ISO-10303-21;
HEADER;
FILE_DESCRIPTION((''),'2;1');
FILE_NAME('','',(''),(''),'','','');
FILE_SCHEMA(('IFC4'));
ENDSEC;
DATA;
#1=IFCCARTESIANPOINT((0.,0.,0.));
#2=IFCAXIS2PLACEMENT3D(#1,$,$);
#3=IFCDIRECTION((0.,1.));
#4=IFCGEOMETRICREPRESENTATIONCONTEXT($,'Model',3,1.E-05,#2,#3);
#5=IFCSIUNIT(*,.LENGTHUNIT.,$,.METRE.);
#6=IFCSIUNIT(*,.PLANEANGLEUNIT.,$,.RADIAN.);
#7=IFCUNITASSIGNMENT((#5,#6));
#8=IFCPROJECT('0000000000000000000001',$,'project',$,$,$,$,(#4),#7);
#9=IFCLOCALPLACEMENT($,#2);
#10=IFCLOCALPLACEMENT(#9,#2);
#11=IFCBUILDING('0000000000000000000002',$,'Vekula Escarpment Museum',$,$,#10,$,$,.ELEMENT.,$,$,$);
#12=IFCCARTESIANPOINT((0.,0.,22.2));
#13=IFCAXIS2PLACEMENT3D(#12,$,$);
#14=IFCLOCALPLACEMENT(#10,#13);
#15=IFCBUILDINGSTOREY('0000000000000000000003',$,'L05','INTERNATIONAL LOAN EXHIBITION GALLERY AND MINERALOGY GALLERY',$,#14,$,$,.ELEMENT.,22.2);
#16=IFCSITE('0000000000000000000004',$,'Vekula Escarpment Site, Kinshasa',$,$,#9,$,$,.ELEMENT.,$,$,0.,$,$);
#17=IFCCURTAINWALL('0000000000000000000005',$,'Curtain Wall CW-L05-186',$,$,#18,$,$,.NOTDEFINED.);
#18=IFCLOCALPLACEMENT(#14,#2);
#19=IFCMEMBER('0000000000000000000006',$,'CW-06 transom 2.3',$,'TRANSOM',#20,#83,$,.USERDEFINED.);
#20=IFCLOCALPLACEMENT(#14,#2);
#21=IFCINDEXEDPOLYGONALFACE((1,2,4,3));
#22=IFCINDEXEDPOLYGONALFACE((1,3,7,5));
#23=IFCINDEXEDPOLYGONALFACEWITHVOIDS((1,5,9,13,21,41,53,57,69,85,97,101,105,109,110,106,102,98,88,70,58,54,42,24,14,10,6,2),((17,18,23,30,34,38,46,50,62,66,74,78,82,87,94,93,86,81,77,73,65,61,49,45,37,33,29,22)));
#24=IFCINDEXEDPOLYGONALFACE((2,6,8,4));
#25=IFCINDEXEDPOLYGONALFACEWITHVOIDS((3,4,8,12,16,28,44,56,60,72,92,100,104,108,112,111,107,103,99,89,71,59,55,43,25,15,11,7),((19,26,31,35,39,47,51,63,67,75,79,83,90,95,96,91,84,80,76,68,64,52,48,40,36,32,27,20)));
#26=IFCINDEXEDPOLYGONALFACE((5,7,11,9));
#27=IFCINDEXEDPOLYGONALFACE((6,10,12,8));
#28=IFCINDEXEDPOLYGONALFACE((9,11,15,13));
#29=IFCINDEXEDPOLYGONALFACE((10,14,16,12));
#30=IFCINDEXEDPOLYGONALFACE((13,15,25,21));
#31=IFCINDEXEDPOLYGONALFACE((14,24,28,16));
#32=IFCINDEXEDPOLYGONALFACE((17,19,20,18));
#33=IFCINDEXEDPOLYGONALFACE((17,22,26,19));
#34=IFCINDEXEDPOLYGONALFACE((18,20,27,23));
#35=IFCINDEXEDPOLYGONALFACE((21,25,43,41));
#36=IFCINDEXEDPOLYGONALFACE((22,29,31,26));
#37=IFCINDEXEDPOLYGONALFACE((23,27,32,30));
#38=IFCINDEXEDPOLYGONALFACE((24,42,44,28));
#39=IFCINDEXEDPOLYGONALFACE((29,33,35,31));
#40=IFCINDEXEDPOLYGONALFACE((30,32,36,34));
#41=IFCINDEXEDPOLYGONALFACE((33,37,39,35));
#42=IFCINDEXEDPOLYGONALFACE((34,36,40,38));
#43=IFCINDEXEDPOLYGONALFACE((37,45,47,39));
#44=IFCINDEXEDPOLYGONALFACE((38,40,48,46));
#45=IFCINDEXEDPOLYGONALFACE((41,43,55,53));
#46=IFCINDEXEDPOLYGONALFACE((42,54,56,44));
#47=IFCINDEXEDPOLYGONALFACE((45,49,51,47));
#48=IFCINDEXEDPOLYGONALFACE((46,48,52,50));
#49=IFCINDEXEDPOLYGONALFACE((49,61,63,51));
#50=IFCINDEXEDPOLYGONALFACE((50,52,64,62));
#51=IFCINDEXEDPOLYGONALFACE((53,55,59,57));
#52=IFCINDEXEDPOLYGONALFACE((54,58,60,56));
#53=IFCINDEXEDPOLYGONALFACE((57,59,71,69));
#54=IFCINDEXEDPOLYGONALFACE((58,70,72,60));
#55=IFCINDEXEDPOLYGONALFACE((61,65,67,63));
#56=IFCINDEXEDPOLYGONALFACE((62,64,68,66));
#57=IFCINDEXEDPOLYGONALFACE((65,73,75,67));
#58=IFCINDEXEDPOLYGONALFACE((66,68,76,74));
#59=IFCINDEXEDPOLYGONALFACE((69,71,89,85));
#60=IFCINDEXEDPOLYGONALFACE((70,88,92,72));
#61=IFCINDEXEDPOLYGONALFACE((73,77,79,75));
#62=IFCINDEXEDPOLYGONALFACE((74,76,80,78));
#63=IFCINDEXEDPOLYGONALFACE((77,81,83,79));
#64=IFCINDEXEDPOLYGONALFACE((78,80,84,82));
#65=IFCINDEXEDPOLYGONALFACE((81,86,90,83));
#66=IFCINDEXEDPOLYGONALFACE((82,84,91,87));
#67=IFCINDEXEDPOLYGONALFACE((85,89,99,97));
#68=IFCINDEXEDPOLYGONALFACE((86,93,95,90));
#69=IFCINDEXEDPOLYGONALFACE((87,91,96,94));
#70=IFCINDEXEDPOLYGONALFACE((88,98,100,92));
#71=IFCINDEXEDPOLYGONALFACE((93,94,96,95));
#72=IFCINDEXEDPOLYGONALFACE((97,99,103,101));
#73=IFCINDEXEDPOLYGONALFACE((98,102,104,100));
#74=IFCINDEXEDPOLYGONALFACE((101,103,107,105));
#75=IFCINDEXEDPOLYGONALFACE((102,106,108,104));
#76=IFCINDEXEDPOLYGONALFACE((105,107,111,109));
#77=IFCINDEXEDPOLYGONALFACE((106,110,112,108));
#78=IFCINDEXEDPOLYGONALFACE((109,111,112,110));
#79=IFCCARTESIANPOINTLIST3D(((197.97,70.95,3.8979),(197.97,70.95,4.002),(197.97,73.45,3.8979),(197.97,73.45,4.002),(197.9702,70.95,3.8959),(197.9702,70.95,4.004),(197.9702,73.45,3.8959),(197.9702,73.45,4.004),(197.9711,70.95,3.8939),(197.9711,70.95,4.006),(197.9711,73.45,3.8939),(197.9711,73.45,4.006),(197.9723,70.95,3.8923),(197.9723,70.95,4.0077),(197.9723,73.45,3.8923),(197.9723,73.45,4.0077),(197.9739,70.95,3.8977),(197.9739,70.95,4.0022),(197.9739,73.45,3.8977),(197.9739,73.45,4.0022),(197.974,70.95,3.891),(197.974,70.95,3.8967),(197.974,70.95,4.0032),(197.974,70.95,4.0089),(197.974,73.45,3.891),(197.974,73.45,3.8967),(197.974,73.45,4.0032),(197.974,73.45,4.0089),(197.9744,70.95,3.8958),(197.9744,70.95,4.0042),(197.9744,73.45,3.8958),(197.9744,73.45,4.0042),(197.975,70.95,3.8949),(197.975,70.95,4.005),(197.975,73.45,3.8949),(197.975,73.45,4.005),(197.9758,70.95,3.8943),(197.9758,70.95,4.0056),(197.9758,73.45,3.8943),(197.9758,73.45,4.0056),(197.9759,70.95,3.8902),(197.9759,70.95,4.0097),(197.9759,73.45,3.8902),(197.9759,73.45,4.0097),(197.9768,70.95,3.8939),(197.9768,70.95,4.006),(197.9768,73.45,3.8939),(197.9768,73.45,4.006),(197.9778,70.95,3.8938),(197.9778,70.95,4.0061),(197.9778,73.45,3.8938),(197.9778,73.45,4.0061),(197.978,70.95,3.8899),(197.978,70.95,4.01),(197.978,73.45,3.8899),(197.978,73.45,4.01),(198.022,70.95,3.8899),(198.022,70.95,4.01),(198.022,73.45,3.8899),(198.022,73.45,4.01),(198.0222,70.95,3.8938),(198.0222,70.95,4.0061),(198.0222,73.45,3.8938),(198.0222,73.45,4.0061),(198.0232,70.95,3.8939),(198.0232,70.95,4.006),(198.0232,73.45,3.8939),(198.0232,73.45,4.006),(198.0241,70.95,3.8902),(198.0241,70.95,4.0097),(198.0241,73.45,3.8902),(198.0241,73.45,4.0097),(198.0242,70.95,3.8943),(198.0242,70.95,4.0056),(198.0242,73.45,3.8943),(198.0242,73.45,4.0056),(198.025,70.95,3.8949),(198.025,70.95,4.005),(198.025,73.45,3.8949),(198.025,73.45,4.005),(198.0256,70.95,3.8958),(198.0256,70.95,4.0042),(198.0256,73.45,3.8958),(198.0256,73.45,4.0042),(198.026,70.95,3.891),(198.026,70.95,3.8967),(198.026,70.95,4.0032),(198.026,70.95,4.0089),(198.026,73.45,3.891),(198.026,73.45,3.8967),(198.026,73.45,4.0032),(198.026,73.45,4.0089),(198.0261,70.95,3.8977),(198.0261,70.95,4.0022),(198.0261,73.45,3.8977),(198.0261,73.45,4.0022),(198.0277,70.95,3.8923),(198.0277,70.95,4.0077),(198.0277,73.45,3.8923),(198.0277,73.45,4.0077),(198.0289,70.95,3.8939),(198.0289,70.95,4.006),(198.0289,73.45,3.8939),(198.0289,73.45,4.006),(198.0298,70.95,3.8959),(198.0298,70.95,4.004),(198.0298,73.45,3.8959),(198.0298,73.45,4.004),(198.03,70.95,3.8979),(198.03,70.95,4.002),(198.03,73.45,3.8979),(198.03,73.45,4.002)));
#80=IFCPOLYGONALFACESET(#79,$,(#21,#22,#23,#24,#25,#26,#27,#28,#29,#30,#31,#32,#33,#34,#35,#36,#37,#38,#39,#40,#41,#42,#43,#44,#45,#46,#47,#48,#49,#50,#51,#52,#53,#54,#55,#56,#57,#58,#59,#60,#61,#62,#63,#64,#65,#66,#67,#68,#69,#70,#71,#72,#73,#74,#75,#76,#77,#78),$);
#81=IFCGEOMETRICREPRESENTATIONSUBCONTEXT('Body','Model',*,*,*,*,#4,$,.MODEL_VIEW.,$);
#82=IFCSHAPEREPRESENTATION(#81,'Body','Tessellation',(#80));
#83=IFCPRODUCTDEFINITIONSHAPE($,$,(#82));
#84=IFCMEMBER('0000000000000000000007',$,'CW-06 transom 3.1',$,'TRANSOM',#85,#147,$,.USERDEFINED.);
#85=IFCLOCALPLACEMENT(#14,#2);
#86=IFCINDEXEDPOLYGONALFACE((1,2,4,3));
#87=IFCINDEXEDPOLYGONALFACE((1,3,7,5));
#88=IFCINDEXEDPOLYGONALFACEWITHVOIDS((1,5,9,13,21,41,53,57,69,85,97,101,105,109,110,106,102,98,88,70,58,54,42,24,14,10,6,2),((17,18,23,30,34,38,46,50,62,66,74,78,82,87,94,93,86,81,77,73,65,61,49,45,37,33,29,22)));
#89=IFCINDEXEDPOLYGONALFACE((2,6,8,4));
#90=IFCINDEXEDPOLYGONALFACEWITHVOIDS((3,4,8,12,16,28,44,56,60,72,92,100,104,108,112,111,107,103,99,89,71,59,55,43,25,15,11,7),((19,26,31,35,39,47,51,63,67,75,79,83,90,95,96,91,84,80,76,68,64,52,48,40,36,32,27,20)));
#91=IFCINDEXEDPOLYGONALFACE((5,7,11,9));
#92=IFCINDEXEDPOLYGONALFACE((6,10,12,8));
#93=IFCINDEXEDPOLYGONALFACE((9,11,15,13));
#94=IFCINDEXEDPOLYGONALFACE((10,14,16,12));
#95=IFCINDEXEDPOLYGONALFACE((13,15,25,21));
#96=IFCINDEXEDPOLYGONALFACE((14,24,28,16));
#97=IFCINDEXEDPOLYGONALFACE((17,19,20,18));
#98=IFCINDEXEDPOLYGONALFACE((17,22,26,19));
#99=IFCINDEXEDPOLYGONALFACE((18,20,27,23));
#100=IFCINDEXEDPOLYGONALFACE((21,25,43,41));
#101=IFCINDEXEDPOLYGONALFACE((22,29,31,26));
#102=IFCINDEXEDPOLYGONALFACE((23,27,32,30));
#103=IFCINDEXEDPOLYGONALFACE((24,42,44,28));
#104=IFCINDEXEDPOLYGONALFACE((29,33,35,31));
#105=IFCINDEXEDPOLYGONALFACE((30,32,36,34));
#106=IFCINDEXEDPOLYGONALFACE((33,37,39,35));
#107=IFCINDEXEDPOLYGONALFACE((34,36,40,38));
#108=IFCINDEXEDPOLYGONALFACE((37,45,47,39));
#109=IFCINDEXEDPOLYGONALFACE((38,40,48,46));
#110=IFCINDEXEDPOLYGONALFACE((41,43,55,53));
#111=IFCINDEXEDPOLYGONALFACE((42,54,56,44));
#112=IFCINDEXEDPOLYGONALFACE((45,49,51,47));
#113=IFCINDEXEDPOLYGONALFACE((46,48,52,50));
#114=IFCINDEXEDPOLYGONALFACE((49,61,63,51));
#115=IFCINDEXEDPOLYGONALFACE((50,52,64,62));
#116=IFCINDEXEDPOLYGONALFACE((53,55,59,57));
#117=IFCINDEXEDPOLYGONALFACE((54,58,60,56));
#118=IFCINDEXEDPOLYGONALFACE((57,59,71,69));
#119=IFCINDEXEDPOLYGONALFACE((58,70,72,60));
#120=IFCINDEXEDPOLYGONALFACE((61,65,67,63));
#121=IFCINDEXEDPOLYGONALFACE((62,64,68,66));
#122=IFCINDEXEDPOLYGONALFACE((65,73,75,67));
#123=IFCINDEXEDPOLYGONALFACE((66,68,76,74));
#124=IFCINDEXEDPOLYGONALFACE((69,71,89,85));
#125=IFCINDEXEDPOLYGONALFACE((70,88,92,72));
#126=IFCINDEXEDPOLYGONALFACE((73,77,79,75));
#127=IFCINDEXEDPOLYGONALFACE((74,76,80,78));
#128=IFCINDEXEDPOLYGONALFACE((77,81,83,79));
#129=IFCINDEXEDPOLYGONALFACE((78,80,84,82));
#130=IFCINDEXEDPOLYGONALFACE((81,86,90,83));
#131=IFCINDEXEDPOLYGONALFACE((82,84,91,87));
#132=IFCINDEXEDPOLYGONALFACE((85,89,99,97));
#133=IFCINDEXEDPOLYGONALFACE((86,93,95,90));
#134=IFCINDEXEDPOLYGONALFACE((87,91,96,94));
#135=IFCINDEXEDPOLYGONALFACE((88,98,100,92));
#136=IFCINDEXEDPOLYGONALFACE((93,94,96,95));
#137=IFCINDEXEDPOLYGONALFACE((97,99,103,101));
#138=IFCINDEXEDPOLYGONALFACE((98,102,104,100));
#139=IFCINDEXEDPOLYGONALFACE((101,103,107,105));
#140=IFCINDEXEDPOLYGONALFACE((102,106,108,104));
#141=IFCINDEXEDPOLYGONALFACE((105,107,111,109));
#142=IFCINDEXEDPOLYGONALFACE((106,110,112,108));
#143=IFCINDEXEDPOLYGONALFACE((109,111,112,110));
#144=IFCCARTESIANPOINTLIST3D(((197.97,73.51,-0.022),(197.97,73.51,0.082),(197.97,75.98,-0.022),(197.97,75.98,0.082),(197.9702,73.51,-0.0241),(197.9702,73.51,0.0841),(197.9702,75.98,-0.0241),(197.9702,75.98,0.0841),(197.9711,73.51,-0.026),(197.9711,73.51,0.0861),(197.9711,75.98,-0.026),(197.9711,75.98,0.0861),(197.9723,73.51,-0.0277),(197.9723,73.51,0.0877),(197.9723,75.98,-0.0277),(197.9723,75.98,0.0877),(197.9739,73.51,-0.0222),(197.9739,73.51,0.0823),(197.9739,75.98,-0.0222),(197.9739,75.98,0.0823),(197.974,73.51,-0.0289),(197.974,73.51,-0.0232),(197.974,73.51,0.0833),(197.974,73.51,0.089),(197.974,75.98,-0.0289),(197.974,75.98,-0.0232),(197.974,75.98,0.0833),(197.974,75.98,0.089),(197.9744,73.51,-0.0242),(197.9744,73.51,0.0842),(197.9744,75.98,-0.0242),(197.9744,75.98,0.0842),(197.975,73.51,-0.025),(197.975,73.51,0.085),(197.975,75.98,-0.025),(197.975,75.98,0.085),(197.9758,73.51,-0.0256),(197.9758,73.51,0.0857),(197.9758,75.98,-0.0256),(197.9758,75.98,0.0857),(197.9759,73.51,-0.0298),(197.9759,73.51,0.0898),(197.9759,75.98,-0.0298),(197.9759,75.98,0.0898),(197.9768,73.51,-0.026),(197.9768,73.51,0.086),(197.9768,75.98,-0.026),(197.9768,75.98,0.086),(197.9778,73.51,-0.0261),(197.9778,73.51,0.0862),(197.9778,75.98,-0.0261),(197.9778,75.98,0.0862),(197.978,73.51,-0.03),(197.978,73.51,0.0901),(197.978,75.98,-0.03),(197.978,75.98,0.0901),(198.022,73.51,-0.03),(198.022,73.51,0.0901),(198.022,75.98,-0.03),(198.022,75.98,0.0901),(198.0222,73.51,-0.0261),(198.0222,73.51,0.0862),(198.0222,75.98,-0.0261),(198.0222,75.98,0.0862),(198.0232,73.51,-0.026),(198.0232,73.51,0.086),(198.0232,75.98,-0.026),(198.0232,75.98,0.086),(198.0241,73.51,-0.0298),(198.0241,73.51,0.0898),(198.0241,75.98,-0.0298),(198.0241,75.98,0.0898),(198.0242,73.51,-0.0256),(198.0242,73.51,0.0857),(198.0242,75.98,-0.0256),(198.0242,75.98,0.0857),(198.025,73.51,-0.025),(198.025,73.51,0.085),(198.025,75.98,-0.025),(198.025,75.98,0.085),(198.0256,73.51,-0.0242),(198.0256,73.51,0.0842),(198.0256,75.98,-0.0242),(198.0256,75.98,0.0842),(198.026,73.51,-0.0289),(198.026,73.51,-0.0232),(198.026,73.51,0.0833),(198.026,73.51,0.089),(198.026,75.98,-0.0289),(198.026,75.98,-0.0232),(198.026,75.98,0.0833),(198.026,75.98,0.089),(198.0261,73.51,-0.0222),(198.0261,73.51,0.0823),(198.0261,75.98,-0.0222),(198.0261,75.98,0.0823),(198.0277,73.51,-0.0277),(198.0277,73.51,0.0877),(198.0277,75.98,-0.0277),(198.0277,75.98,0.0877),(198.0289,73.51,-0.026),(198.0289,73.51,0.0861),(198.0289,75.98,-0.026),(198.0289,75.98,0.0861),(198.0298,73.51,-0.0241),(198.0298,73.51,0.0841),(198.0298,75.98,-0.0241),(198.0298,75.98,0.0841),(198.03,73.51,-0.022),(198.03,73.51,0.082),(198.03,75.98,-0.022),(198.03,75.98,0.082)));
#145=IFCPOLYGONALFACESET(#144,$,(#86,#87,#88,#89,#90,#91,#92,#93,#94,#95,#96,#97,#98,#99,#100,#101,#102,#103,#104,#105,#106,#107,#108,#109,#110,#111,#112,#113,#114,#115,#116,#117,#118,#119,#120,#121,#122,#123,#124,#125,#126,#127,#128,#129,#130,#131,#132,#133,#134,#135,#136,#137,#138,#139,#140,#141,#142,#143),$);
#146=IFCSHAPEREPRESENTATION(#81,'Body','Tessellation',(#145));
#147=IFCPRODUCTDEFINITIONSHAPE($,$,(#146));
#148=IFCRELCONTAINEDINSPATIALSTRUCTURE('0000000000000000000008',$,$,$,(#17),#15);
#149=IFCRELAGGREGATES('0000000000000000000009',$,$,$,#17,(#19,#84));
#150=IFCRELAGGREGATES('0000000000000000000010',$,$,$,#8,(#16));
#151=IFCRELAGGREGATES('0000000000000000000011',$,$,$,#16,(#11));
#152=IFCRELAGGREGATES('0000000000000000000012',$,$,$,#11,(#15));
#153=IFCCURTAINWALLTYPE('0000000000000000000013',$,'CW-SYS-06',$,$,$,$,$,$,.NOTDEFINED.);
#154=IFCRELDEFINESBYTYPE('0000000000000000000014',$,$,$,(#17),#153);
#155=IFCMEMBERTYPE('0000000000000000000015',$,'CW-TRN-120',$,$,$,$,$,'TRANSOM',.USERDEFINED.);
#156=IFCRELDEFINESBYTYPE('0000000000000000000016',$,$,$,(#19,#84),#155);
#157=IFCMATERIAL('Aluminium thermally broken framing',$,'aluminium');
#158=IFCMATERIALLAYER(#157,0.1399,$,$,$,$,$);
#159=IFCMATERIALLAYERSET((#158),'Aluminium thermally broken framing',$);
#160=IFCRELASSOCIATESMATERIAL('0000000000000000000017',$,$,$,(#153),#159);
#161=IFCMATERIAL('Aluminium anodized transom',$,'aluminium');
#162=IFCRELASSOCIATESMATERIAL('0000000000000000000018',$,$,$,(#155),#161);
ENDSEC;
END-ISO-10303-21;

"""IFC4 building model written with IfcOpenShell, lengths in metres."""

from ifc_helpers import new_model, si_unit, direction, frame, origin, origin_2d, place, context, subcontext, project, spatial, hollow_rectangle, extrude, material, layer, layer_set, material_profile, profile_set, type_object, element, aggregate, save


model = new_model("IFC4")

# Units and contexts
model_context = context("Model", 3, precision=1e-05, world=origin(), true_north=direction((0.0, 1.0)))
body_context = subcontext(model_context, "Body", "Model", "MODEL_VIEW")
ifc_project = project(units=[si_unit("LENGTHUNIT", "METRE"), si_unit("PLANEANGLEUNIT", "RADIAN")], contexts=[model_context])

# Site, building, storey
site_placement = place(None, origin())
site = spatial("IfcSite", under=ifc_project, at=site_placement, Name="Vekula Escarpment Site, Kinshasa", CompositionType="ELEMENT", RefElevation=0.0)
building_placement = place(site_placement, origin())
building = spatial("IfcBuilding", under=site, at=building_placement, Name="Vekula Escarpment Museum", CompositionType="ELEMENT")
storey_placement = place(building_placement, frame((0.0, 0.0, 22.2)))
storey = spatial("IfcBuildingStorey", under=building, at=storey_placement, Name="L05", Description="INTERNATIONAL LOAN EXHIBITION GALLERY AND MINERALOGY GALLERY", CompositionType="ELEMENT", Elevation=22.2)

# Curtain wall, members
ifc_material_1 = material(Name="Aluminium thermally broken framing", Category="aluminium")
ifc_layer_1 = layer(ifc_material_1, 0.1399)
ifc_layer_set_1 = layer_set([ifc_layer_1], Name="Aluminium thermally broken framing")
curtain_wall_type = type_object("IfcCurtainWallType", Name="CW-SYS-06", PredefinedType="NOTDEFINED", material=ifc_layer_set_1)
curtain_wall_placement = place(storey_placement, origin())
curtain_wall = element("IfcCurtainWall", 1, at=curtain_wall_placement, inside=storey, type_object=curtain_wall_type, Name="Curtain Wall CW-L05-186", PredefinedType="NOTDEFINED")
ifc_material_2 = material(Name="Aluminium anodized transom", Category="aluminium")
ifc_material_profile_1 = material_profile(ifc_material_2, hollow_rectangle(XDim=0.0601, YDim=0.1201, WallThickness=0.0039, InnerFilletRadius=0.0039, OuterFilletRadius=0.0081, at=origin_2d()), Name="ALU 120x60x4")
ifc_profile_set_1 = profile_set([ifc_material_profile_1], Name="Aluminium anodized transom")
member_type_1 = type_object("IfcMemberType", Name="CW-TRN-120", ElementType="TRANSOM", PredefinedType="USERDEFINED", material=ifc_profile_set_1)
member_1_placement = place(storey_placement, frame((198.0, 70.95, 3.95), z_axis=(0.0, 1.0, 0.0), x_axis=(-1.0, 0.0, 0.0)))
member_1 = element("IfcMember", 2, at=member_1_placement, type_object=member_type_1, Name="CW-06 transom 2.3", ObjectType="TRANSOM", PredefinedType="USERDEFINED", context=body_context, shape_type="SweptSolid", body=[
    extrude(hollow_rectangle(XDim=0.0601, YDim=0.1201, WallThickness=0.0039, InnerFilletRadius=0.0039, OuterFilletRadius=0.0081, at=origin_2d()), origin(), (0.0, 0.0, 1.0), 2.5),
])
member_2_placement = place(storey_placement, frame((198.0, 73.51, 0.03), z_axis=(0.0, 1.0, 0.0), x_axis=(-1.0, 0.0, 0.0)))
member_2 = element("IfcMember", 3, at=member_2_placement, type_object=member_type_1, Name="CW-06 transom 3.1", ObjectType="TRANSOM", PredefinedType="USERDEFINED", context=body_context, shape_type="SweptSolid", body=[
    extrude(hollow_rectangle(XDim=0.0601, YDim=0.1201, WallThickness=0.0039, InnerFilletRadius=0.0039, OuterFilletRadius=0.0081, at=origin_2d()), origin(), (0.0, 0.0, 1.0), 2.47),
])
aggregate(curtain_wall, [member_1, member_2])

save(model, "model.ifc")
